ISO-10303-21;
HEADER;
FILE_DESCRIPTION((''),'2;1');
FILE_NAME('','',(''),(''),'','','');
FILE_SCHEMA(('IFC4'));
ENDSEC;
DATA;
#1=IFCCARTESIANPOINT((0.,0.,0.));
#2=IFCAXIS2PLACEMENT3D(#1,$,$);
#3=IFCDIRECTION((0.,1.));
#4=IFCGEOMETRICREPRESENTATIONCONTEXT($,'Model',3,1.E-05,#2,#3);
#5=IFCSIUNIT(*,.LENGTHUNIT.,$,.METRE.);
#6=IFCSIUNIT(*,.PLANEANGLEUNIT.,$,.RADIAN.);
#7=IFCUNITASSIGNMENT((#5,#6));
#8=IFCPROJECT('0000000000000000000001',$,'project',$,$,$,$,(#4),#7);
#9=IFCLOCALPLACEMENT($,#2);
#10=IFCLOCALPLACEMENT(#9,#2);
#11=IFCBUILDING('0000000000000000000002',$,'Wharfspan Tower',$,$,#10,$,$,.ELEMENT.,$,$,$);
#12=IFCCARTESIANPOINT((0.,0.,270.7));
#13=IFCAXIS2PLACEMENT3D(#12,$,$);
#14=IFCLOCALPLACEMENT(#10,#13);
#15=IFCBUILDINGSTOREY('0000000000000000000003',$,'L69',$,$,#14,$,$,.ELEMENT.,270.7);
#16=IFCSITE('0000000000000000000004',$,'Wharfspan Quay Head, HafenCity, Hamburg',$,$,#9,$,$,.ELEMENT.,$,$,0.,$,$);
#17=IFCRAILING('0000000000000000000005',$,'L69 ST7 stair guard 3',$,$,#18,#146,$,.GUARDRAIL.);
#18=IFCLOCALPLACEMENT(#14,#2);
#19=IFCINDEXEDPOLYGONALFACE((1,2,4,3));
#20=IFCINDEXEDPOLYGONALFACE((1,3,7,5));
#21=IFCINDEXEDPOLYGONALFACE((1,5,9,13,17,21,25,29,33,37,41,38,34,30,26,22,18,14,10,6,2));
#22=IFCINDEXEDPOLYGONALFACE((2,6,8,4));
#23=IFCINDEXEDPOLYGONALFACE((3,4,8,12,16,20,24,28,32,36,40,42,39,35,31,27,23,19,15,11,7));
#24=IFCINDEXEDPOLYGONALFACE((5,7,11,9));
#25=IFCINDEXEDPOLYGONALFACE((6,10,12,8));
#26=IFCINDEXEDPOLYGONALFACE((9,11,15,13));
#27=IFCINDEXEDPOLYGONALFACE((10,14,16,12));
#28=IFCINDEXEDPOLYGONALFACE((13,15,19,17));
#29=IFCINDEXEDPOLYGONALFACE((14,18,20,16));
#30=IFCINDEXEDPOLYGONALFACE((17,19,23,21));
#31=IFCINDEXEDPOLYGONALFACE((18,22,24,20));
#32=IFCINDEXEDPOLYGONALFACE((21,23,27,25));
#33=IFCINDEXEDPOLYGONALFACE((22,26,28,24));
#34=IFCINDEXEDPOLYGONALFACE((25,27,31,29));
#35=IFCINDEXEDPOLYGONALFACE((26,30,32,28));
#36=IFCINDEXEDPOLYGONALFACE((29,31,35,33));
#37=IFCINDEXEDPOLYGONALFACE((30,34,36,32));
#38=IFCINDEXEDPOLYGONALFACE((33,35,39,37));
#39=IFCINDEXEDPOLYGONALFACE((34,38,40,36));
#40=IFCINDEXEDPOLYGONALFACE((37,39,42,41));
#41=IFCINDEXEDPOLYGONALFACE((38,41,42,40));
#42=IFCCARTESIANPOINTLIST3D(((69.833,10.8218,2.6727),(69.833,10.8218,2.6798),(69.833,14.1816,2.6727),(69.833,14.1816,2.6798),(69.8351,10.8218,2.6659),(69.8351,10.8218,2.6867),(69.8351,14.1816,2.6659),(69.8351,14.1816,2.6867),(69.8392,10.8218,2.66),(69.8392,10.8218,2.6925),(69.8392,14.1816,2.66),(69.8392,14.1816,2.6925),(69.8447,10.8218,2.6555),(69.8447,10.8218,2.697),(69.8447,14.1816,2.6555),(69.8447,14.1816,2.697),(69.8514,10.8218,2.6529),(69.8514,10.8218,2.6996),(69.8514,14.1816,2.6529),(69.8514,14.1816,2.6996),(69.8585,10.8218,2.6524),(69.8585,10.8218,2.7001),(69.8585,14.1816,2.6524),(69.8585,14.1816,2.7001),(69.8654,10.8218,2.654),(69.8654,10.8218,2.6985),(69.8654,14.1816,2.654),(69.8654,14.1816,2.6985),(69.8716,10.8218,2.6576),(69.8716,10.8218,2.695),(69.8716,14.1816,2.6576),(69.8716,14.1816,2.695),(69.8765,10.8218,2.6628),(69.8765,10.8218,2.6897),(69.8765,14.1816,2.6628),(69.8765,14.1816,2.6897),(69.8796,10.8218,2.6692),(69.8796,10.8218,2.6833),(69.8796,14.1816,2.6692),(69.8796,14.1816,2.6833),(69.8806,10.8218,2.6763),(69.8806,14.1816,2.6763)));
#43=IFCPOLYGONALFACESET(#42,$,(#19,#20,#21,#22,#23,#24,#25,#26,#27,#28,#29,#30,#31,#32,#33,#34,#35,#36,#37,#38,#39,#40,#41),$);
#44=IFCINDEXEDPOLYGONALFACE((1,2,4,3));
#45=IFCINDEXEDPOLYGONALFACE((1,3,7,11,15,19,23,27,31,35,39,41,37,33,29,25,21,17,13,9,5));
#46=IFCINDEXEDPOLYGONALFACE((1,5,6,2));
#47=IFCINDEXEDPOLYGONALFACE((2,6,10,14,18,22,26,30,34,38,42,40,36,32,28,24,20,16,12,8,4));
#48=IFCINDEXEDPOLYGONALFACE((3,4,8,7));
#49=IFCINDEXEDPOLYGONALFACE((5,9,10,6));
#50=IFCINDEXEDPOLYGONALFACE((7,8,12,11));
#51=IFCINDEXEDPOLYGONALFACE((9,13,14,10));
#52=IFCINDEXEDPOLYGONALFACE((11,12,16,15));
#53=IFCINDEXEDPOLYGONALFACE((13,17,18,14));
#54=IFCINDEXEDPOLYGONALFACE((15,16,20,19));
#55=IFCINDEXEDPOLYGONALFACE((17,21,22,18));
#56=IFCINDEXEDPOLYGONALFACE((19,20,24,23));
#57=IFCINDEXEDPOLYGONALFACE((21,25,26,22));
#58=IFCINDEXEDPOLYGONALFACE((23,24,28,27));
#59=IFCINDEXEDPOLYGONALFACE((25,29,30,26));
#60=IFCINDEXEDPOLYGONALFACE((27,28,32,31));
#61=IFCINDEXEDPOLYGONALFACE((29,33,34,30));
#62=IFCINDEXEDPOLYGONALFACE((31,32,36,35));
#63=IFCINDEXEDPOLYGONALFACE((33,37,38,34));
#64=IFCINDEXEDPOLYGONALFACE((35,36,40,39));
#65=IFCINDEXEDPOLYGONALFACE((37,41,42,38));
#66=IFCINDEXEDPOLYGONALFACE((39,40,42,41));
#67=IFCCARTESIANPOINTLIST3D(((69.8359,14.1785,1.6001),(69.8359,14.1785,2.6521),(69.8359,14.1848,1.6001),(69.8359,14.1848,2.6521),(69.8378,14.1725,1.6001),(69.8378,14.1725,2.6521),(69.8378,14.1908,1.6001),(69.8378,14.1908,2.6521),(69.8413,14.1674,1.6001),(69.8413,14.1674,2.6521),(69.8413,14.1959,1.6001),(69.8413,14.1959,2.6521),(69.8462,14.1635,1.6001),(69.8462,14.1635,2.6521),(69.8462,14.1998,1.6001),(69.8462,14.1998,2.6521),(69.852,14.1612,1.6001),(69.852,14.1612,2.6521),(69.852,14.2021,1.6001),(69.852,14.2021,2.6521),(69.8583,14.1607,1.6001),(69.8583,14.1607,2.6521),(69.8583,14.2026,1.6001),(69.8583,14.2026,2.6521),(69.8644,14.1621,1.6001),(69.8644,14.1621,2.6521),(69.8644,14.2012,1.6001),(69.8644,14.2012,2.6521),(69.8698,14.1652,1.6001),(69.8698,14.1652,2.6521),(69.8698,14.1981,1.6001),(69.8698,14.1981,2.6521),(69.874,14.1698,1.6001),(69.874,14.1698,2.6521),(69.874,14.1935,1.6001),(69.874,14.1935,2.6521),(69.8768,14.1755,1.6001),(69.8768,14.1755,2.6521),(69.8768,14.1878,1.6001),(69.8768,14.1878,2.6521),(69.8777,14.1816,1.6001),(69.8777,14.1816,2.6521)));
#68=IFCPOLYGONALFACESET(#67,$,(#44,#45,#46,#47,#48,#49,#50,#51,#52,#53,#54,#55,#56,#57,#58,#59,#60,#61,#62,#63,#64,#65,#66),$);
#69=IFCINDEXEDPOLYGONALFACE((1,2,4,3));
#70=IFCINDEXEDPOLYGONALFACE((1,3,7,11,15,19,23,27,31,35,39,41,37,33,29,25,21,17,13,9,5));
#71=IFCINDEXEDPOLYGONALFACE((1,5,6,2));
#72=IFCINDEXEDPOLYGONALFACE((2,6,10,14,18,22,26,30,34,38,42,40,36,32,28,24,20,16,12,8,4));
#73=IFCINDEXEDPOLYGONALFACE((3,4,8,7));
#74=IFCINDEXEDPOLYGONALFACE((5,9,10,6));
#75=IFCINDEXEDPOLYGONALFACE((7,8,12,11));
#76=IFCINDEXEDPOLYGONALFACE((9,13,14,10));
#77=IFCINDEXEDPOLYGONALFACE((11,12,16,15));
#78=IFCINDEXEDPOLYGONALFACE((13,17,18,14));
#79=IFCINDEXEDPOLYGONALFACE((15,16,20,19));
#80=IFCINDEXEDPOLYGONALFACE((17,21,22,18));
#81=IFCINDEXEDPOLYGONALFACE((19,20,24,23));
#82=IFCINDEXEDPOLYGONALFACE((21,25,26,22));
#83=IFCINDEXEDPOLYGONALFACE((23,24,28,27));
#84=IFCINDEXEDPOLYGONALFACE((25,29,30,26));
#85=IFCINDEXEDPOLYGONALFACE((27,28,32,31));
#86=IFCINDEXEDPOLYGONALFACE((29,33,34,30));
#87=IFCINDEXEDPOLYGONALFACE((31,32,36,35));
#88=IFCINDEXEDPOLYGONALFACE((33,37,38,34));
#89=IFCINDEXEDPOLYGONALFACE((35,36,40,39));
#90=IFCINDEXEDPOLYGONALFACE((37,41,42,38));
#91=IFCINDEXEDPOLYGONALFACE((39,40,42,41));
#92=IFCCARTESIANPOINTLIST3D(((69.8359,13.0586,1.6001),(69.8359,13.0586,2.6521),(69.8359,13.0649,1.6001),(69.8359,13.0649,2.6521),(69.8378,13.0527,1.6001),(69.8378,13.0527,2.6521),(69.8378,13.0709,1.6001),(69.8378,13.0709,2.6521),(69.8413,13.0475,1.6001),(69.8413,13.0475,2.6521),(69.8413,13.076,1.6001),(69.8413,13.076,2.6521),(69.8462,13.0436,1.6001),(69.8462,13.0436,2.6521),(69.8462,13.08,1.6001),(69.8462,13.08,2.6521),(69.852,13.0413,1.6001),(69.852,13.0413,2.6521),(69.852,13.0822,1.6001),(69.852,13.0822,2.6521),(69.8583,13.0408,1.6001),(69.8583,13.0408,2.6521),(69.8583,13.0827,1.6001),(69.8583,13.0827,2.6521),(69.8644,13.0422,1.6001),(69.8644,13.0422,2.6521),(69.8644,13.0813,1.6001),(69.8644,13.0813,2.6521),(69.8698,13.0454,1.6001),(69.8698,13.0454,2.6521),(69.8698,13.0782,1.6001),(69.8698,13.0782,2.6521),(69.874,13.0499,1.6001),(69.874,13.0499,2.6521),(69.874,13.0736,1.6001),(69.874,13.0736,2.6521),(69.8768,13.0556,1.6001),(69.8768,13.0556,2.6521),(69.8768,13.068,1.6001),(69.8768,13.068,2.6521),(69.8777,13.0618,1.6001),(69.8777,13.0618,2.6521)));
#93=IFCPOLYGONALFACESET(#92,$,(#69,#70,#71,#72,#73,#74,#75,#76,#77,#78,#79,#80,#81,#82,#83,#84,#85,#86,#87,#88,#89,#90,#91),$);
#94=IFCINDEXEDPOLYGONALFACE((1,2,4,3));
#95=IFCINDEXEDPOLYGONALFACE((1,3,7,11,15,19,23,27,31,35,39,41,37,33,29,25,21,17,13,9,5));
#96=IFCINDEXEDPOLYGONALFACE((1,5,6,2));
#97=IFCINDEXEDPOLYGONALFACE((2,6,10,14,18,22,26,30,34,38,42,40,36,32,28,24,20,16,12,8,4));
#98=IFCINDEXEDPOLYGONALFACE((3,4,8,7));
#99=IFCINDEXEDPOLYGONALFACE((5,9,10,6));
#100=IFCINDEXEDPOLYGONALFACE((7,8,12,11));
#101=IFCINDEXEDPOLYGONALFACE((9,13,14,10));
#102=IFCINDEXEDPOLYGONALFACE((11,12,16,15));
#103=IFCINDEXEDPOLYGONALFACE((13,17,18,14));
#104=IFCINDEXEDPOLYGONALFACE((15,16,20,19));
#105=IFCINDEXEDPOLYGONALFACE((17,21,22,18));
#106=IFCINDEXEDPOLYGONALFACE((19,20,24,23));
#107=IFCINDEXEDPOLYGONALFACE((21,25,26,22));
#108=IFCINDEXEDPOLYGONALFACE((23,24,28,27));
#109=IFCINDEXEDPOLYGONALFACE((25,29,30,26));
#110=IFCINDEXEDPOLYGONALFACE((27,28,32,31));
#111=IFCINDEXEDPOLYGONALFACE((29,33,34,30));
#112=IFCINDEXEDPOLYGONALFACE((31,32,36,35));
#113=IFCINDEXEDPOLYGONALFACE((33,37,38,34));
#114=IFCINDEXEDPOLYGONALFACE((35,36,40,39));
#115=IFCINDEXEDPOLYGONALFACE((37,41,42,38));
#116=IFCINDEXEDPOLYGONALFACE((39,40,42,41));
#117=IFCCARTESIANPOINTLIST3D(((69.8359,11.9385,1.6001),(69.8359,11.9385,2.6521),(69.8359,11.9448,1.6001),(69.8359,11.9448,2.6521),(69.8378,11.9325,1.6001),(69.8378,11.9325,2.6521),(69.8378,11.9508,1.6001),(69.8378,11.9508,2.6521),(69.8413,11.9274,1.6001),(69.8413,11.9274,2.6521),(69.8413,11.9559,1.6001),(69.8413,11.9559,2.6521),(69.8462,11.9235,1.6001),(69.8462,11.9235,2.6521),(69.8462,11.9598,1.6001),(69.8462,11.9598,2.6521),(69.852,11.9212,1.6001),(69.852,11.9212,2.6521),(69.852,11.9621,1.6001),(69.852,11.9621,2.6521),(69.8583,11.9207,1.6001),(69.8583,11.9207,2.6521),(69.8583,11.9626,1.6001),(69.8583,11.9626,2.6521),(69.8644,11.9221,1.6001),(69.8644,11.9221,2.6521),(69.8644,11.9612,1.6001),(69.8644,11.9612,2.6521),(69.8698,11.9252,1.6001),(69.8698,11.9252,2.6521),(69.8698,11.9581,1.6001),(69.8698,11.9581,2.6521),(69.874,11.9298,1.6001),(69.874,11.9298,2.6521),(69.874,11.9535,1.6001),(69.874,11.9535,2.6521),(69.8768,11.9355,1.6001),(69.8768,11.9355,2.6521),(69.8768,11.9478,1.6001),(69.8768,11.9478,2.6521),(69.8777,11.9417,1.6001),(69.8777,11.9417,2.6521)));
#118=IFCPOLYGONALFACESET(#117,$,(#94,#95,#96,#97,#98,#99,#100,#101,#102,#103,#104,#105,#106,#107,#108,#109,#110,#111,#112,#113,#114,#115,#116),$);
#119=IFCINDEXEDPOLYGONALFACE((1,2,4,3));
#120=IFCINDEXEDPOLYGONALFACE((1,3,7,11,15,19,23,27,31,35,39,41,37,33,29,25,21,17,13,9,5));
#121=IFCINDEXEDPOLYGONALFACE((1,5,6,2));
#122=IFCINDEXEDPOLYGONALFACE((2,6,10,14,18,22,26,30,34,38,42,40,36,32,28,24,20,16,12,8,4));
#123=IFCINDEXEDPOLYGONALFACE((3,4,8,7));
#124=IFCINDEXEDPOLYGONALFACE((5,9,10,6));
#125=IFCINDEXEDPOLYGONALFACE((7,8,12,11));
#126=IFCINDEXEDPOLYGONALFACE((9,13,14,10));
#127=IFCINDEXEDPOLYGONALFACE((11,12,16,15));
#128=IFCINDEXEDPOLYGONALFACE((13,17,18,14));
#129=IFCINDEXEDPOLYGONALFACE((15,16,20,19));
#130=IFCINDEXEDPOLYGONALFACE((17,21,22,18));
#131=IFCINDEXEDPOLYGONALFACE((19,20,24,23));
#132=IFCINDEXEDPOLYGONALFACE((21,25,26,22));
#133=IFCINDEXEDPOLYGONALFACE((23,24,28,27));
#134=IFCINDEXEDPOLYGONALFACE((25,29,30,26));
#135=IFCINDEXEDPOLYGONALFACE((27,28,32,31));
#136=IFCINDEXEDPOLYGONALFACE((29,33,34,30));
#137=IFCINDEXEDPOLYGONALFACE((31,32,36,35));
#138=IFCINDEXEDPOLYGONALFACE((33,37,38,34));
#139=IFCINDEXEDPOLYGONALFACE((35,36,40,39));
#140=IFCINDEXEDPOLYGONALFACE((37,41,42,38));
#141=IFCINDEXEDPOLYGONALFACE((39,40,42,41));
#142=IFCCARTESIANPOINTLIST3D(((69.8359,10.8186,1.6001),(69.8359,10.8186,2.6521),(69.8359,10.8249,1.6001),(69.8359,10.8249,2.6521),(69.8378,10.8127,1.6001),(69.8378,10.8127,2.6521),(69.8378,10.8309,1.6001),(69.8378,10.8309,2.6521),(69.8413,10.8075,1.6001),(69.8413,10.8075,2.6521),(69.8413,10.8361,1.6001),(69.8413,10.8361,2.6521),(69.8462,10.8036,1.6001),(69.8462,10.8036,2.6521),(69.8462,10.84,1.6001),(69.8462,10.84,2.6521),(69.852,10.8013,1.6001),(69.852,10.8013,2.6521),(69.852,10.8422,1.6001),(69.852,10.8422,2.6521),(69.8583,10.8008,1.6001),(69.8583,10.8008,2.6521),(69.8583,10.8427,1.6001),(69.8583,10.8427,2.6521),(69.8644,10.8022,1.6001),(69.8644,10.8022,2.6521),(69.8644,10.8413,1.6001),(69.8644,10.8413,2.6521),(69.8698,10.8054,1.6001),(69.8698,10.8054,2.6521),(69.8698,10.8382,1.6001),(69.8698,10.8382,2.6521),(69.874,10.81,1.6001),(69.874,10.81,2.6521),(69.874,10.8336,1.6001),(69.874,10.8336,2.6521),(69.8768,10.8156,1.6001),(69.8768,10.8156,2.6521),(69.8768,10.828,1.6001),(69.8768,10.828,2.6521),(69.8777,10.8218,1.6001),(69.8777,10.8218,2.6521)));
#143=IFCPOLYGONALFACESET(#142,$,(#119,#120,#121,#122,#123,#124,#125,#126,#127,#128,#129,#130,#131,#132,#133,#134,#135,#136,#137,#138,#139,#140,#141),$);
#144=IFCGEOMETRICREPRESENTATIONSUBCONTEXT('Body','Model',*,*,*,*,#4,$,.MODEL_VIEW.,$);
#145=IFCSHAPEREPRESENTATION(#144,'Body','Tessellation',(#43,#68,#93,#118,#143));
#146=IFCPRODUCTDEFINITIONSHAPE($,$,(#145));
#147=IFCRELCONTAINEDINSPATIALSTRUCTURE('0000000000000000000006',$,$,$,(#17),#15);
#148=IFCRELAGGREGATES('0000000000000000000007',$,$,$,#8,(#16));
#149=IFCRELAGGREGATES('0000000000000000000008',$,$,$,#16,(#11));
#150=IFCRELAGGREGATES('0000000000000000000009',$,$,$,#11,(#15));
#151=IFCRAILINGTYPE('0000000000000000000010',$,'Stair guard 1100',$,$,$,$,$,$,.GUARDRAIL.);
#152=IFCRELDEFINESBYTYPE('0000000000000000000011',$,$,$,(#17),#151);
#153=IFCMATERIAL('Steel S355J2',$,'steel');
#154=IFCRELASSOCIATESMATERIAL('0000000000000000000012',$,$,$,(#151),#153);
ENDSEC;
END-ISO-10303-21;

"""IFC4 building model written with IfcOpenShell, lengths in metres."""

from ifc_helpers import new_model, si_unit, direction, frame, origin, origin_2d, place, context, subcontext, project, spatial, circle, extrude, material, type_object, element, save


model = new_model("IFC4")

# Units and contexts
model_context = context("Model", 3, precision=1e-05, world=origin(), true_north=direction((0.0, 1.0)))
body_context = subcontext(model_context, "Body", "Model", "MODEL_VIEW")
ifc_project = project(units=[si_unit("LENGTHUNIT", "METRE"), si_unit("PLANEANGLEUNIT", "RADIAN")], contexts=[model_context])

# Site, building, storey
site_placement = place(None, origin())
site = spatial("IfcSite", under=ifc_project, at=site_placement, Name="Wharfspan Quay Head, HafenCity, Hamburg", CompositionType="ELEMENT", RefElevation=0.0)
building_placement = place(site_placement, origin())
building = spatial("IfcBuilding", under=site, at=building_placement, Name="Wharfspan Tower", CompositionType="ELEMENT")
storey_placement = place(building_placement, frame((0.0, 0.0, 270.7)))
storey = spatial("IfcBuildingStorey", under=building, at=storey_placement, Name="L69", CompositionType="ELEMENT", Elevation=270.7)

# Shared definitions
ifc_material_1 = material(Name="Steel S355J2", Category="steel")

# Railing
railing_type_1 = type_object("IfcRailingType", Name="Stair guard 1100", PredefinedType="GUARDRAIL", material=ifc_material_1)
for number, where, name in (
    (1, (69.8567, 14.1816, 1.6001), "L69 ST7 stair guard 3"),
):
    element("IfcRailing", number, at=place(storey_placement, frame(where)), inside=storey, type_object=railing_type_1, Name=name, PredefinedType="GUARDRAIL", context=body_context, shape_type="SweptSolid", body=[
        extrude(circle(Radius=0.0239, at=origin_2d()), frame((0.0, 0.0, 1.0762), z_axis=(0.0, -1.0, 0.0), x_axis=(1.0, 0.0, 0.0)), (0.0, 0.0, 1.0), 3.3599),
        extrude(circle(Radius=0.021, at=origin_2d()), origin(), (0.0, 0.0, 1.0), 1.052),
        extrude(circle(Radius=0.021, at=origin_2d()), frame((0.0, -1.1199, 0.0)), (0.0, 0.0, 1.0), 1.052),
        extrude(circle(Radius=0.021, at=origin_2d()), frame((0.0, -2.24, 0.0)), (0.0, 0.0, 1.0), 1.052),
        extrude(circle(Radius=0.021, at=origin_2d()), frame((0.0, -3.3599, 0.0)), (0.0, 0.0, 1.0), 1.052),
    ])

save(model, "model.ifc")
